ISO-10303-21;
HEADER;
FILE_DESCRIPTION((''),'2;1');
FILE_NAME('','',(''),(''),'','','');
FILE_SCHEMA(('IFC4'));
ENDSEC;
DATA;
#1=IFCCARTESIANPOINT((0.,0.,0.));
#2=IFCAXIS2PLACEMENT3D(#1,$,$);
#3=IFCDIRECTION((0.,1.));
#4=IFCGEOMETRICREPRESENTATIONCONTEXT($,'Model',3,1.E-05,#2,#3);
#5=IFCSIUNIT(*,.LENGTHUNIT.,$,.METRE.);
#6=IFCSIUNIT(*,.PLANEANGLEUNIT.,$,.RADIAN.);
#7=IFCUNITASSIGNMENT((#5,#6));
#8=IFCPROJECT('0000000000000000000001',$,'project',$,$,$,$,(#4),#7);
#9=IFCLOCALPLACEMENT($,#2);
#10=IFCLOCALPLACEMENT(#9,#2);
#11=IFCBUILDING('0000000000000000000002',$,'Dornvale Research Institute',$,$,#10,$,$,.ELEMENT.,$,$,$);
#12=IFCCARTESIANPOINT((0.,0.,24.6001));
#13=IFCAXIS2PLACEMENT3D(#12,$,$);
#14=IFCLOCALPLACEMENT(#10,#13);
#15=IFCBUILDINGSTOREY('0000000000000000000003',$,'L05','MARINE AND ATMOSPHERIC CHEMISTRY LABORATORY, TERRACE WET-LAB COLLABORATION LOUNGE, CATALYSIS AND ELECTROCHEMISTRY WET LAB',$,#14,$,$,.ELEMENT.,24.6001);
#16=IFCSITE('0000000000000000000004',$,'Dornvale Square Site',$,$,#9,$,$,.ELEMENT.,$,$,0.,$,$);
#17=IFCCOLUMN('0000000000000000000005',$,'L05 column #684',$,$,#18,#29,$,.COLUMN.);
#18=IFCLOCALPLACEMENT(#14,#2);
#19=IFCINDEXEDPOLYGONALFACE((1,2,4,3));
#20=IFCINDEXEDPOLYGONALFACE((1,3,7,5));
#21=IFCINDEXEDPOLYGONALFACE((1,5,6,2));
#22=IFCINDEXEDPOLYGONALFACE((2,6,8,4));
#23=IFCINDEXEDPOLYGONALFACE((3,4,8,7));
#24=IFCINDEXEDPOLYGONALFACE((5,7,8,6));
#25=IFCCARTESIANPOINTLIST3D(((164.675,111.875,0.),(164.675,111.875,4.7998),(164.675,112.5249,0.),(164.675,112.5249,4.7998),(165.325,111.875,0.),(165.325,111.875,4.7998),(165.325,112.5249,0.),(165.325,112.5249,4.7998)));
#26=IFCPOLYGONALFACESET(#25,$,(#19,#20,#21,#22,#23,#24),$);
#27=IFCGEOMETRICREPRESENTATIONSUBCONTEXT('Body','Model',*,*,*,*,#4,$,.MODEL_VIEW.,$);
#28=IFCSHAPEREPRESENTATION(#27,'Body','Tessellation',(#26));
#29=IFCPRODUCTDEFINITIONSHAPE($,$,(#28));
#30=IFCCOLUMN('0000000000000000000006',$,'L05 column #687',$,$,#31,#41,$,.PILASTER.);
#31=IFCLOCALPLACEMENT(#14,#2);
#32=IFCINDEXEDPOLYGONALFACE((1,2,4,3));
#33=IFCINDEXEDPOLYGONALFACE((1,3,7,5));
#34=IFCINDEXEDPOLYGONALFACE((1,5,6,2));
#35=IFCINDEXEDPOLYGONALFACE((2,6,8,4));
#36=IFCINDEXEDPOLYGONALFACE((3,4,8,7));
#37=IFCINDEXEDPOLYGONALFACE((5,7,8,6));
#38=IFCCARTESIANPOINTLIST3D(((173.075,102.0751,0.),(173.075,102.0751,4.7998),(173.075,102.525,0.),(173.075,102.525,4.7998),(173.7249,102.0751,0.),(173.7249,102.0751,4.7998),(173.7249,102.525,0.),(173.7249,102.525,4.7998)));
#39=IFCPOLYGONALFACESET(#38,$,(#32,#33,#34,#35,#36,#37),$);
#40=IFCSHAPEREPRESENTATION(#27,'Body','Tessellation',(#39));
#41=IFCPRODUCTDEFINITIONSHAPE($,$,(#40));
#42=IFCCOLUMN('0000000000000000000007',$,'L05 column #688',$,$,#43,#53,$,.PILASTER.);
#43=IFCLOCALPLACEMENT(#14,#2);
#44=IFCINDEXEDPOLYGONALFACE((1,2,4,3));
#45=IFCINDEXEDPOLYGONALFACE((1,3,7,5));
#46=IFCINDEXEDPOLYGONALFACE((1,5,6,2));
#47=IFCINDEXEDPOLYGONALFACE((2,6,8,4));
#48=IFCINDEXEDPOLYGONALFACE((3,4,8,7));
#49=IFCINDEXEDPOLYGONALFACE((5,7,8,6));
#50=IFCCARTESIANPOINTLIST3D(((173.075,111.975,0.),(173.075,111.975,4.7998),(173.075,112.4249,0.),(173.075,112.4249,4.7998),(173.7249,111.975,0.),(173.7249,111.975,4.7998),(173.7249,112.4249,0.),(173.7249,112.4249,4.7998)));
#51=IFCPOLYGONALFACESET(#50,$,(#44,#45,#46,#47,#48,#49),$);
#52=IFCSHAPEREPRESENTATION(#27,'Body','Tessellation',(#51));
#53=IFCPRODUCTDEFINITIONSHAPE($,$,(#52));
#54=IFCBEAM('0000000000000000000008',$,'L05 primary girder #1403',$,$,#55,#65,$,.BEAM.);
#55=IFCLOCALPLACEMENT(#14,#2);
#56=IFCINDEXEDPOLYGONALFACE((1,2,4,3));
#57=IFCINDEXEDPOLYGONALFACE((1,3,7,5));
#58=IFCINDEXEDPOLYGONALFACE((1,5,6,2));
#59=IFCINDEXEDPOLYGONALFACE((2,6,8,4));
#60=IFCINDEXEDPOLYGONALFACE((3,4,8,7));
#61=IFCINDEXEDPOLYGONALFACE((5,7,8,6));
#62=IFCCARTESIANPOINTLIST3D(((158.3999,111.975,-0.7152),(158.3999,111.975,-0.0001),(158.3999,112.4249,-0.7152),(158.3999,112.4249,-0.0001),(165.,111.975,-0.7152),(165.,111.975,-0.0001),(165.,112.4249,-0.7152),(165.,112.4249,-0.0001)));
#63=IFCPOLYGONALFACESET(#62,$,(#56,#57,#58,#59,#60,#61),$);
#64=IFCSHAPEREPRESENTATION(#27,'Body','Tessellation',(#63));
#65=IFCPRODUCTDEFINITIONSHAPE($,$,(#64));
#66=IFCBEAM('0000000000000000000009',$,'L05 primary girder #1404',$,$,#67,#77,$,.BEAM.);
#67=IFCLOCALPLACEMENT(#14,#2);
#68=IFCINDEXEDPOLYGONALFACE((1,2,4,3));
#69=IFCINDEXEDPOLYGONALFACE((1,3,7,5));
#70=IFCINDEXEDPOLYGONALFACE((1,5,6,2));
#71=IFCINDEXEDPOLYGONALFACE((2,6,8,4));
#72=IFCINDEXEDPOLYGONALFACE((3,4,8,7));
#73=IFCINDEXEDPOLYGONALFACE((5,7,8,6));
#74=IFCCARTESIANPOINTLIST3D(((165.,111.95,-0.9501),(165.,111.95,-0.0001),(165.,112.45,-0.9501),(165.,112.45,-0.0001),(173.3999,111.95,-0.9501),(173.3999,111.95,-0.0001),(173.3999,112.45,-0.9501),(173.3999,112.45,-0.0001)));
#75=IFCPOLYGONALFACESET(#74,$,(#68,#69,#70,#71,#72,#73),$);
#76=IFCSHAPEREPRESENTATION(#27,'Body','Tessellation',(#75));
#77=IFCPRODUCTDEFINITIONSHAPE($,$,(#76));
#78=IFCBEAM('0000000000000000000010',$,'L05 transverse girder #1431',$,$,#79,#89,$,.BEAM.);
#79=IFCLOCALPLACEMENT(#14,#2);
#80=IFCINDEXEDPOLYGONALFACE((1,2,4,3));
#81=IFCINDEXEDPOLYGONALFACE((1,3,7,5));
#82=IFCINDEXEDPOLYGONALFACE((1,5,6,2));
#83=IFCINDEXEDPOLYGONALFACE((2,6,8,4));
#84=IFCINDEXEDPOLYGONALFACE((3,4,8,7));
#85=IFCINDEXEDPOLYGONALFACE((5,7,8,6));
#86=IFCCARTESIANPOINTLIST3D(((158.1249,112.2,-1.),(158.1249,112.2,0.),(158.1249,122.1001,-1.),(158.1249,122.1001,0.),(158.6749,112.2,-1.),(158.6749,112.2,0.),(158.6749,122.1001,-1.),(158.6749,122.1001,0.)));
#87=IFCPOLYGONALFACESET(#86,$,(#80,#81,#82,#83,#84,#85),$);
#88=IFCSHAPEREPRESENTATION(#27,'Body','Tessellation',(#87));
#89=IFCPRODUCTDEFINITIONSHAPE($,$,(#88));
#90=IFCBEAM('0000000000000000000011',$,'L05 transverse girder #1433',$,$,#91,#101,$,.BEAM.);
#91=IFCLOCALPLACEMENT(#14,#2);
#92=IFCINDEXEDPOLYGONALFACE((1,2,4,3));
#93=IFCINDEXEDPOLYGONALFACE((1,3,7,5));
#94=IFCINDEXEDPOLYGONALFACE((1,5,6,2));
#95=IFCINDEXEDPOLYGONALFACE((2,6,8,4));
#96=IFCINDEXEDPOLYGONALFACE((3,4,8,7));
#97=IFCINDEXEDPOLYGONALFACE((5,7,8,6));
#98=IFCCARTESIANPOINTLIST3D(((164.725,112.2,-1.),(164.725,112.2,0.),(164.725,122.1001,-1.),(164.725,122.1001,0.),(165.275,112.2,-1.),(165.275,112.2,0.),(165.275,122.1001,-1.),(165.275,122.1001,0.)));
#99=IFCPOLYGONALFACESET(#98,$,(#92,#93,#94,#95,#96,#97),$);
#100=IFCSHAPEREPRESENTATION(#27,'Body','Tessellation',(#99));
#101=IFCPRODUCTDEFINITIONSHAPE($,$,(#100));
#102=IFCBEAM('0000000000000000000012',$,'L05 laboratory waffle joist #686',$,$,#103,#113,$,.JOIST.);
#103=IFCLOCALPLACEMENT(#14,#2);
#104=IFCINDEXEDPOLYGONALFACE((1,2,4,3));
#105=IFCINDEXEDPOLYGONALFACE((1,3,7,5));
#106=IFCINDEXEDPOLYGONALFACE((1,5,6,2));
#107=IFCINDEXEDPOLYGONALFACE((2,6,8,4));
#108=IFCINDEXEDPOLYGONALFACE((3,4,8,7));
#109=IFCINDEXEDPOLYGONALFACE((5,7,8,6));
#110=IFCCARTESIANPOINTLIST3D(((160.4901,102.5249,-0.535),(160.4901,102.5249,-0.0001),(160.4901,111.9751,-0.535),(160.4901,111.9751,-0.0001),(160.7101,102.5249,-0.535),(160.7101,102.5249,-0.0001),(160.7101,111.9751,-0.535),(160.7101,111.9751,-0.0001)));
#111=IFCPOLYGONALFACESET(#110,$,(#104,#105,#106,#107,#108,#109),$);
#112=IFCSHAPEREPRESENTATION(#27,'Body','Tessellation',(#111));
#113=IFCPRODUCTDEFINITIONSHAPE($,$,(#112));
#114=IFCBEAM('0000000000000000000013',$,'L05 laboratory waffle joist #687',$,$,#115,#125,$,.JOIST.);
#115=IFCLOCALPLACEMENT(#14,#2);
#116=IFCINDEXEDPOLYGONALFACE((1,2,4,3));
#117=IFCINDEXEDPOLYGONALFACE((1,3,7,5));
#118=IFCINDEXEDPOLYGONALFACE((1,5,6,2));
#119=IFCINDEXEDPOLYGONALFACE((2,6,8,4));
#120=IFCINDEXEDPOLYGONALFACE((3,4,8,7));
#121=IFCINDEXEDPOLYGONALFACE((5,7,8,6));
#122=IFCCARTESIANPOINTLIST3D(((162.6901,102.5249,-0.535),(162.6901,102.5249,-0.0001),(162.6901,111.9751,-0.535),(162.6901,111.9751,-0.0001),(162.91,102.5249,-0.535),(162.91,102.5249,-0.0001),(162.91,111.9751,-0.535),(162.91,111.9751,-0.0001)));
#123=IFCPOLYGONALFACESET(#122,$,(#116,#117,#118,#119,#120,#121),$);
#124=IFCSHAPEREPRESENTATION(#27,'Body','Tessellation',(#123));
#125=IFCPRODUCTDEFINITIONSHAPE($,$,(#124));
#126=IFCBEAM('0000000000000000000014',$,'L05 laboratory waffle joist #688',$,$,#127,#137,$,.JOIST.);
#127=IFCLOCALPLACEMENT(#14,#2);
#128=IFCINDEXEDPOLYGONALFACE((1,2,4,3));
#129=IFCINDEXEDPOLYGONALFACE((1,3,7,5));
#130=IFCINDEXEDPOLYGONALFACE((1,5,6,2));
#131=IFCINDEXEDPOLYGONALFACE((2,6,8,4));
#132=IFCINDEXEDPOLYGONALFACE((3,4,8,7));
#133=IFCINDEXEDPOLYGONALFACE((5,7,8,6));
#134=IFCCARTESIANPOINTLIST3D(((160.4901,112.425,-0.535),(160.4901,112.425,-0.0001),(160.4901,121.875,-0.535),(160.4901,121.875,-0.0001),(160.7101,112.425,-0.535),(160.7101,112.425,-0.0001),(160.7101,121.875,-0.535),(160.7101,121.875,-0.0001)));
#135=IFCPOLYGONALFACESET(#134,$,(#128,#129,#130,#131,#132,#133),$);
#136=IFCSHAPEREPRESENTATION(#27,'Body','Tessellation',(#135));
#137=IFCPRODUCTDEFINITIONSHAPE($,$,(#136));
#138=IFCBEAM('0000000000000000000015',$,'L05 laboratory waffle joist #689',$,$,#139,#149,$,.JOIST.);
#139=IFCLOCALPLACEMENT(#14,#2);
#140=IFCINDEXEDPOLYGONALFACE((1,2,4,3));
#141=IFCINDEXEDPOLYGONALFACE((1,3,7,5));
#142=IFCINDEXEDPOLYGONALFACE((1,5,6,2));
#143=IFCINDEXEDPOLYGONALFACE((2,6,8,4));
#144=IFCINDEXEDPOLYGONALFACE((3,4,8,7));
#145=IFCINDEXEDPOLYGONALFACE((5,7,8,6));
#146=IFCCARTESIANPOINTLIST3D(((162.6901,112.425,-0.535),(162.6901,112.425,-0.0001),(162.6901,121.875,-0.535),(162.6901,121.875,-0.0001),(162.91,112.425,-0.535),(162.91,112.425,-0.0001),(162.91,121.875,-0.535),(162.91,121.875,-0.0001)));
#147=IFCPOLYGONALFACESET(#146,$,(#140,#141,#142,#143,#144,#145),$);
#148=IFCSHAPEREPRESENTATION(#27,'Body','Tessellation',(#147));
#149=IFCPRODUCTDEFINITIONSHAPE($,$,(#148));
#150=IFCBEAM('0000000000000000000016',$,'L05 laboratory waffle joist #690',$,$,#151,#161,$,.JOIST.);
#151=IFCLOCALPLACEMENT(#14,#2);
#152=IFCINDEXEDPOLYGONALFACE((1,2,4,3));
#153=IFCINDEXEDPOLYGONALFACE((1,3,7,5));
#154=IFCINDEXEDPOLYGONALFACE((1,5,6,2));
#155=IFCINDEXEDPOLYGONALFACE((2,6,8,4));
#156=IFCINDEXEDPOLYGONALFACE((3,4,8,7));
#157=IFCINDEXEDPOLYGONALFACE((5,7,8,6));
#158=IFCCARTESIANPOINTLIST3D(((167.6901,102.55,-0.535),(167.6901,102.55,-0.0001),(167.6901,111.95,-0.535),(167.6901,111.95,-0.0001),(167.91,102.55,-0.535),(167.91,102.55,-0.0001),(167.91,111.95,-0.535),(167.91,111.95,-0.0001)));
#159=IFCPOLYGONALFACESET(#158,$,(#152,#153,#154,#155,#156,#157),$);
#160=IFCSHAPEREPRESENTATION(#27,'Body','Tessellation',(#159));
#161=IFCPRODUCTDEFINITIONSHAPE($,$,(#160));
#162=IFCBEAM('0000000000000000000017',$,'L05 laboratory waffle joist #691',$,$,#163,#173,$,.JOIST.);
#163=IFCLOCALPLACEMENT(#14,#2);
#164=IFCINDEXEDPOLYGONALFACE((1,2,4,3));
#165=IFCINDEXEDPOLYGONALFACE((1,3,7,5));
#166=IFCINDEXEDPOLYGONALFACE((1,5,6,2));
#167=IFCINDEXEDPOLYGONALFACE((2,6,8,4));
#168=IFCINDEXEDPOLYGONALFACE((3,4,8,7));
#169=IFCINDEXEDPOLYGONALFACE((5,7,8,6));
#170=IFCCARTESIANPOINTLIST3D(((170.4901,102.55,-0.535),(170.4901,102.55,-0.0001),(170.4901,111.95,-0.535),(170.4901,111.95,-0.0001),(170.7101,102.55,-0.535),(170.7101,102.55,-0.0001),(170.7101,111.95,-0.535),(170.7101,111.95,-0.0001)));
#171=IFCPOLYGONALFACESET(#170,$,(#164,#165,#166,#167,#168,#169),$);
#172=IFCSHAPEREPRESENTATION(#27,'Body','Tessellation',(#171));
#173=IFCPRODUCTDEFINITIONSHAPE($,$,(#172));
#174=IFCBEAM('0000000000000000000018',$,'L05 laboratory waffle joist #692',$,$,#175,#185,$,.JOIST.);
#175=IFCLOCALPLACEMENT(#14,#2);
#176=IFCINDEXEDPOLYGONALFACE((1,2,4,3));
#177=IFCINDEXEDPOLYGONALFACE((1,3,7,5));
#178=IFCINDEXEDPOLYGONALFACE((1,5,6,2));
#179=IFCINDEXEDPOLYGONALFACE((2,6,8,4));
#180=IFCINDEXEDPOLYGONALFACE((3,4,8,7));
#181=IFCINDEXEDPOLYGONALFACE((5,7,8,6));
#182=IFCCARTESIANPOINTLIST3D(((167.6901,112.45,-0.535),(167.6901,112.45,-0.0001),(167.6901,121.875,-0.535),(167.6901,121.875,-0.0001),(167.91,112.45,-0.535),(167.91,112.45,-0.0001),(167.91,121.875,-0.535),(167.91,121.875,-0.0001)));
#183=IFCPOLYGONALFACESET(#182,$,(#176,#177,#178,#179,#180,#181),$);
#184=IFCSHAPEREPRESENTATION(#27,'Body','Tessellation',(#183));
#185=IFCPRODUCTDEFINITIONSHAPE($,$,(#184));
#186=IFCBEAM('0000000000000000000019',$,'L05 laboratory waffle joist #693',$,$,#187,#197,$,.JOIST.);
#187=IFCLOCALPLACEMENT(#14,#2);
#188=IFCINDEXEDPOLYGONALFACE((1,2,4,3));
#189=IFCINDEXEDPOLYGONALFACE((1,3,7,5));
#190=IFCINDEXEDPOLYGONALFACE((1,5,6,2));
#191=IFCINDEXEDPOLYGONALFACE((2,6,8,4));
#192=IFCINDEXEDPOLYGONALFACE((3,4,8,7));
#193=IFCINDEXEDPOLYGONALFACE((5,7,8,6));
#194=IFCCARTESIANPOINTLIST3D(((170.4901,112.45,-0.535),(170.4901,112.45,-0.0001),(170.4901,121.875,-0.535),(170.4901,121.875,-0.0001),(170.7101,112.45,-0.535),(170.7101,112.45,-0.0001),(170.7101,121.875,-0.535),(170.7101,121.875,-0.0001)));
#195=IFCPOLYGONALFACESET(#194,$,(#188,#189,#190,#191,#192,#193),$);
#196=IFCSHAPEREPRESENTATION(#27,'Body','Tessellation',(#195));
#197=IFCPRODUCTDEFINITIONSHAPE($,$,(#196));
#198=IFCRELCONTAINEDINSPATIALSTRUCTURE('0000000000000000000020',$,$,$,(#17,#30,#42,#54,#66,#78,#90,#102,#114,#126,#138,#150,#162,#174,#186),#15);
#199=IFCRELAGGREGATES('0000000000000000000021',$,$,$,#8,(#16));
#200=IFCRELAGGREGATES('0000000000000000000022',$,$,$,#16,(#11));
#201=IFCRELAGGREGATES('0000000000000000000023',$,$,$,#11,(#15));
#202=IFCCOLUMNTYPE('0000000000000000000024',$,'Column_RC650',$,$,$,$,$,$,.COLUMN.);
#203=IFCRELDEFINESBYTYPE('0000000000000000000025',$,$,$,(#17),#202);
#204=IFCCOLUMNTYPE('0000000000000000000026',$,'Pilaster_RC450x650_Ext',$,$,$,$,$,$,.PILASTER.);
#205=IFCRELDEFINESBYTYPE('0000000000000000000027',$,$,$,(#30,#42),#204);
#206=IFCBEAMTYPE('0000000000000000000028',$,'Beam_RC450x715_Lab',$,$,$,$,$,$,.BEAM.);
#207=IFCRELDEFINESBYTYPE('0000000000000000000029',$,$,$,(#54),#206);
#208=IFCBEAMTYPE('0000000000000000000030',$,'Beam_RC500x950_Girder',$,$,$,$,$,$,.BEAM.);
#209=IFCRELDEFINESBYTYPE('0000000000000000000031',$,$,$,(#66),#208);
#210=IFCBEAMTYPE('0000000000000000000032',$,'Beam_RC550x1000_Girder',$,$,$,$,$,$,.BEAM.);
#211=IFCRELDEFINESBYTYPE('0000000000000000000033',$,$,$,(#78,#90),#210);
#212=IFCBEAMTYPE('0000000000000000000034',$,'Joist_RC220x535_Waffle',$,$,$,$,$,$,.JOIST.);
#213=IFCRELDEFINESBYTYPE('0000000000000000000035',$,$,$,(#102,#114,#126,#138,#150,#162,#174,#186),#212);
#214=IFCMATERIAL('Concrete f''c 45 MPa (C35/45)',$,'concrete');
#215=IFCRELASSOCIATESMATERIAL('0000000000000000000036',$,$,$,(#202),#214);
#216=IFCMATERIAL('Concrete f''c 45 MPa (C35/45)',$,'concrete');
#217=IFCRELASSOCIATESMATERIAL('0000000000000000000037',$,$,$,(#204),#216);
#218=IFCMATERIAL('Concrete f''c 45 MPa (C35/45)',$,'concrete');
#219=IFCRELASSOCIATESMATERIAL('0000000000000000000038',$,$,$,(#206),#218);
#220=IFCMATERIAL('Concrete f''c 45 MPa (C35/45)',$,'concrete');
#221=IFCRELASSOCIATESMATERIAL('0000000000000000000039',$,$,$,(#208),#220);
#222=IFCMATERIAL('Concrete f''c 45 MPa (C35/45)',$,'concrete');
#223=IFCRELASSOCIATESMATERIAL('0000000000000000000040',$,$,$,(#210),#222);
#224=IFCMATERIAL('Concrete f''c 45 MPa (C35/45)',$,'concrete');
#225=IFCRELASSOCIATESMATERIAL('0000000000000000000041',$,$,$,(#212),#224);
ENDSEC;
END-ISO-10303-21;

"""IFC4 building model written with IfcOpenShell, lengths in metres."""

from ifc_helpers import new_model, si_unit, direction, frame, origin, origin_2d, place, context, subcontext, project, spatial, rectangle, extrude, material, material_profile, profile_set, type_object, element, save


model = new_model("IFC4")

# Units and contexts
model_context = context("Model", 3, precision=1e-05, world=origin(), true_north=direction((0.0, 1.0)))
body_context = subcontext(model_context, "Body", "Model", "MODEL_VIEW")
ifc_project = project(units=[si_unit("LENGTHUNIT", "METRE"), si_unit("PLANEANGLEUNIT", "RADIAN")], contexts=[model_context])

# Site, building, storey
site_placement = place(None, origin())
site = spatial("IfcSite", under=ifc_project, at=site_placement, Name="Dornvale Square Site", CompositionType="ELEMENT", RefElevation=0.0)
building_placement = place(site_placement, origin())
building = spatial("IfcBuilding", under=site, at=building_placement, Name="Dornvale Research Institute", CompositionType="ELEMENT")
storey_placement = place(building_placement, frame((0.0, 0.0, 24.6001)))
storey = spatial("IfcBuildingStorey", under=building, at=storey_placement, Name="L05", Description="MARINE AND ATMOSPHERIC CHEMISTRY LABORATORY, TERRACE WET-LAB COLLABORATION LOUNGE, CATALYSIS AND ELECTROCHEMISTRY WET LAB", CompositionType="ELEMENT", Elevation=24.6001)

# Columns
ifc_material_1 = material(Name="Concrete f'c 45 MPa (C35/45)", Category="concrete")
ifc_material_profile_1 = material_profile(ifc_material_1, rectangle(XDim=0.6499, YDim=0.6499, at=origin_2d()), Name="RC 650x650")
ifc_profile_set_1 = profile_set([ifc_material_profile_1], Name="Concrete f'c 45 MPa (C35/45)")
column_type_1 = type_object("IfcColumnType", Name="Column_RC650", PredefinedType="COLUMN", material=ifc_profile_set_1)
column_placement = place(storey_placement, frame((165.0, 112.2, 0.0), z_axis=(0.0, 0.0, 1.0), x_axis=(1.0, 0.0, 0.0)))
element("IfcColumn", 1, at=column_placement, inside=storey, type_object=column_type_1, Name="L05 column #684", PredefinedType="COLUMN", context=body_context, shape_type="SweptSolid", body=[
    extrude(rectangle(XDim=0.6499, YDim=0.6499, at=origin_2d()), origin(), (0.0, 0.0, 1.0), 4.7998),
])
ifc_material_2 = material(Name="Concrete f'c 45 MPa (C35/45)", Category="concrete")
ifc_material_profile_2 = material_profile(ifc_material_2, rectangle(XDim=0.45, YDim=0.6499, at=origin_2d()), Name="RC 450x650")
ifc_profile_set_2 = profile_set([ifc_material_profile_2], Name="Concrete f'c 45 MPa (C35/45)")
column_type_2 = type_object("IfcColumnType", Name="Pilaster_RC450x650_Ext", PredefinedType="PILASTER", material=ifc_profile_set_2)
for number, where, z_axis, x_axis, name in (
    (2, (173.3999, 102.3, 0.0), (0.0, 0.0, 1.0), (0.0, 1.0, 0.0), "L05 column #687"),
    (3, (173.3999, 112.2, 0.0), (0.0, 0.0, 1.0), (0.0, 1.0, 0.0), "L05 column #688"),
):
    element("IfcColumn", number, at=place(storey_placement, frame(where, z_axis=z_axis, x_axis=x_axis)), inside=storey, type_object=column_type_2, Name=name, PredefinedType="PILASTER", context=body_context, shape_type="SweptSolid", body=[
        extrude(rectangle(XDim=0.45, YDim=0.6499, at=origin_2d()), origin(), (0.0, 0.0, 1.0), 4.7998),
    ])

# Beams
ifc_material_3 = material(Name="Concrete f'c 45 MPa (C35/45)", Category="concrete")
ifc_material_profile_3 = material_profile(ifc_material_3, rectangle(XDim=0.45, YDim=0.7151, at=origin_2d()), Name="RC 450x715")
ifc_profile_set_3 = profile_set([ifc_material_profile_3], Name="Concrete f'c 45 MPa (C35/45)")
beam_type_1 = type_object("IfcBeamType", Name="Beam_RC450x715_Lab", PredefinedType="BEAM", material=ifc_profile_set_3)
beam_1_placement = place(storey_placement, frame((158.3999, 112.2, -0.3577), z_axis=(1.0, 0.0, 0.0), x_axis=(0.0, 1.0, 0.0)))
element("IfcBeam", 4, at=beam_1_placement, inside=storey, type_object=beam_type_1, Name="L05 primary girder #1403", PredefinedType="BEAM", context=body_context, shape_type="SweptSolid", body=[
    extrude(rectangle(XDim=0.45, YDim=0.7151, at=origin_2d()), origin(), (0.0, 0.0, 1.0), 6.6001),
])
ifc_material_4 = material(Name="Concrete f'c 45 MPa (C35/45)", Category="concrete")
ifc_material_profile_4 = material_profile(ifc_material_4, rectangle(XDim=0.5, YDim=0.95, at=origin_2d()), Name="RC 500x950")
ifc_profile_set_4 = profile_set([ifc_material_profile_4], Name="Concrete f'c 45 MPa (C35/45)")
beam_type_2 = type_object("IfcBeamType", Name="Beam_RC500x950_Girder", PredefinedType="BEAM", material=ifc_profile_set_4)
beam_2_placement = place(storey_placement, frame((165.0, 112.2, -0.4751), z_axis=(1.0, 0.0, 0.0), x_axis=(0.0, 1.0, 0.0)))
element("IfcBeam", 5, at=beam_2_placement, inside=storey, type_object=beam_type_2, Name="L05 primary girder #1404", PredefinedType="BEAM", context=body_context, shape_type="SweptSolid", body=[
    extrude(rectangle(XDim=0.5, YDim=0.95, at=origin_2d()), origin(), (0.0, 0.0, 1.0), 8.3999),
])
ifc_material_5 = material(Name="Concrete f'c 45 MPa (C35/45)", Category="concrete")
ifc_material_profile_5 = material_profile(ifc_material_5, rectangle(XDim=0.55, YDim=1.0, at=origin_2d()), Name="RC 550x1000")
ifc_profile_set_5 = profile_set([ifc_material_profile_5], Name="Concrete f'c 45 MPa (C35/45)")
beam_type_3 = type_object("IfcBeamType", Name="Beam_RC550x1000_Girder", PredefinedType="BEAM", material=ifc_profile_set_5)
for number, where, z_axis, x_axis, name in (
    (6, (158.3999, 112.2, -0.5), (0.0, 1.0, 0.0), (-1.0, 0.0, 0.0), "L05 transverse girder #1431"),
    (7, (165.0, 112.2, -0.5), (0.0, 1.0, 0.0), (-1.0, 0.0, 0.0), "L05 transverse girder #1433"),
):
    element("IfcBeam", number, at=place(storey_placement, frame(where, z_axis=z_axis, x_axis=x_axis)), inside=storey, type_object=beam_type_3, Name=name, PredefinedType="BEAM", context=body_context, shape_type="SweptSolid", body=[
        extrude(rectangle(XDim=0.55, YDim=1.0, at=origin_2d()), origin(), (0.0, 0.0, 1.0), 9.9001),
    ])
ifc_material_6 = material(Name="Concrete f'c 45 MPa (C35/45)", Category="concrete")
ifc_material_profile_6 = material_profile(ifc_material_6, rectangle(XDim=0.22, YDim=0.5349, at=origin_2d()), Name="RC 220x535")
ifc_profile_set_6 = profile_set([ifc_material_profile_6], Name="Concrete f'c 45 MPa (C35/45)")
beam_type_4 = type_object("IfcBeamType", Name="Joist_RC220x535_Waffle", PredefinedType="JOIST", material=ifc_profile_set_6)
for number, where, z_axis, x_axis, name in (
    (8, (160.6001, 102.5249, -0.2676), (0.0, 1.0, 0.0), (-1.0, 0.0, 0.0), "L05 laboratory waffle joist #686"),
    (9, (162.8, 102.5249, -0.2676), (0.0, 1.0, 0.0), (-1.0, 0.0, 0.0), "L05 laboratory waffle joist #687"),
):
    element("IfcBeam", number, at=place(storey_placement, frame(where, z_axis=z_axis, x_axis=x_axis)), inside=storey, type_object=beam_type_4, Name=name, PredefinedType="JOIST", context=body_context, shape_type="SweptSolid", body=[
        extrude(rectangle(XDim=0.22, YDim=0.5349, at=origin_2d()), origin(), (0.0, 0.0, 1.0), 9.4502),
    ])
for number, where, z_axis, x_axis, name in (
    (10, (160.6001, 112.425, -0.2676), (0.0, 1.0, 0.0), (-1.0, 0.0, 0.0), "L05 laboratory waffle joist #688"),
    (11, (162.8, 112.425, -0.2676), (0.0, 1.0, 0.0), (-1.0, 0.0, 0.0), "L05 laboratory waffle joist #689"),
):
    element("IfcBeam", number, at=place(storey_placement, frame(where, z_axis=z_axis, x_axis=x_axis)), inside=storey, type_object=beam_type_4, Name=name, PredefinedType="JOIST", context=body_context, shape_type="SweptSolid", body=[
        extrude(rectangle(XDim=0.22, YDim=0.5349, at=origin_2d()), origin(), (0.0, 0.0, 1.0), 9.45),
    ])
for number, where, z_axis, x_axis, name in (
    (12, (167.8, 102.55, -0.2676), (0.0, 1.0, 0.0), (-1.0, 0.0, 0.0), "L05 laboratory waffle joist #690"),
    (13, (170.6001, 102.55, -0.2676), (0.0, 1.0, 0.0), (-1.0, 0.0, 0.0), "L05 laboratory waffle joist #691"),
):
    element("IfcBeam", number, at=place(storey_placement, frame(where, z_axis=z_axis, x_axis=x_axis)), inside=storey, type_object=beam_type_4, Name=name, PredefinedType="JOIST", context=body_context, shape_type="SweptSolid", body=[
        extrude(rectangle(XDim=0.22, YDim=0.5349, at=origin_2d()), origin(), (0.0, 0.0, 1.0), 9.3999),
    ])
for number, where, z_axis, x_axis, name in (
    (14, (167.8, 112.45, -0.2676), (0.0, 1.0, 0.0), (-1.0, 0.0, 0.0), "L05 laboratory waffle joist #692"),
    (15, (170.6001, 112.45, -0.2676), (0.0, 1.0, 0.0), (-1.0, 0.0, 0.0), "L05 laboratory waffle joist #693"),
):
    element("IfcBeam", number, at=place(storey_placement, frame(where, z_axis=z_axis, x_axis=x_axis)), inside=storey, type_object=beam_type_4, Name=name, PredefinedType="JOIST", context=body_context, shape_type="SweptSolid", body=[
        extrude(rectangle(XDim=0.22, YDim=0.5349, at=origin_2d()), origin(), (0.0, 0.0, 1.0), 9.425),
    ])

save(model, "model.ifc")
